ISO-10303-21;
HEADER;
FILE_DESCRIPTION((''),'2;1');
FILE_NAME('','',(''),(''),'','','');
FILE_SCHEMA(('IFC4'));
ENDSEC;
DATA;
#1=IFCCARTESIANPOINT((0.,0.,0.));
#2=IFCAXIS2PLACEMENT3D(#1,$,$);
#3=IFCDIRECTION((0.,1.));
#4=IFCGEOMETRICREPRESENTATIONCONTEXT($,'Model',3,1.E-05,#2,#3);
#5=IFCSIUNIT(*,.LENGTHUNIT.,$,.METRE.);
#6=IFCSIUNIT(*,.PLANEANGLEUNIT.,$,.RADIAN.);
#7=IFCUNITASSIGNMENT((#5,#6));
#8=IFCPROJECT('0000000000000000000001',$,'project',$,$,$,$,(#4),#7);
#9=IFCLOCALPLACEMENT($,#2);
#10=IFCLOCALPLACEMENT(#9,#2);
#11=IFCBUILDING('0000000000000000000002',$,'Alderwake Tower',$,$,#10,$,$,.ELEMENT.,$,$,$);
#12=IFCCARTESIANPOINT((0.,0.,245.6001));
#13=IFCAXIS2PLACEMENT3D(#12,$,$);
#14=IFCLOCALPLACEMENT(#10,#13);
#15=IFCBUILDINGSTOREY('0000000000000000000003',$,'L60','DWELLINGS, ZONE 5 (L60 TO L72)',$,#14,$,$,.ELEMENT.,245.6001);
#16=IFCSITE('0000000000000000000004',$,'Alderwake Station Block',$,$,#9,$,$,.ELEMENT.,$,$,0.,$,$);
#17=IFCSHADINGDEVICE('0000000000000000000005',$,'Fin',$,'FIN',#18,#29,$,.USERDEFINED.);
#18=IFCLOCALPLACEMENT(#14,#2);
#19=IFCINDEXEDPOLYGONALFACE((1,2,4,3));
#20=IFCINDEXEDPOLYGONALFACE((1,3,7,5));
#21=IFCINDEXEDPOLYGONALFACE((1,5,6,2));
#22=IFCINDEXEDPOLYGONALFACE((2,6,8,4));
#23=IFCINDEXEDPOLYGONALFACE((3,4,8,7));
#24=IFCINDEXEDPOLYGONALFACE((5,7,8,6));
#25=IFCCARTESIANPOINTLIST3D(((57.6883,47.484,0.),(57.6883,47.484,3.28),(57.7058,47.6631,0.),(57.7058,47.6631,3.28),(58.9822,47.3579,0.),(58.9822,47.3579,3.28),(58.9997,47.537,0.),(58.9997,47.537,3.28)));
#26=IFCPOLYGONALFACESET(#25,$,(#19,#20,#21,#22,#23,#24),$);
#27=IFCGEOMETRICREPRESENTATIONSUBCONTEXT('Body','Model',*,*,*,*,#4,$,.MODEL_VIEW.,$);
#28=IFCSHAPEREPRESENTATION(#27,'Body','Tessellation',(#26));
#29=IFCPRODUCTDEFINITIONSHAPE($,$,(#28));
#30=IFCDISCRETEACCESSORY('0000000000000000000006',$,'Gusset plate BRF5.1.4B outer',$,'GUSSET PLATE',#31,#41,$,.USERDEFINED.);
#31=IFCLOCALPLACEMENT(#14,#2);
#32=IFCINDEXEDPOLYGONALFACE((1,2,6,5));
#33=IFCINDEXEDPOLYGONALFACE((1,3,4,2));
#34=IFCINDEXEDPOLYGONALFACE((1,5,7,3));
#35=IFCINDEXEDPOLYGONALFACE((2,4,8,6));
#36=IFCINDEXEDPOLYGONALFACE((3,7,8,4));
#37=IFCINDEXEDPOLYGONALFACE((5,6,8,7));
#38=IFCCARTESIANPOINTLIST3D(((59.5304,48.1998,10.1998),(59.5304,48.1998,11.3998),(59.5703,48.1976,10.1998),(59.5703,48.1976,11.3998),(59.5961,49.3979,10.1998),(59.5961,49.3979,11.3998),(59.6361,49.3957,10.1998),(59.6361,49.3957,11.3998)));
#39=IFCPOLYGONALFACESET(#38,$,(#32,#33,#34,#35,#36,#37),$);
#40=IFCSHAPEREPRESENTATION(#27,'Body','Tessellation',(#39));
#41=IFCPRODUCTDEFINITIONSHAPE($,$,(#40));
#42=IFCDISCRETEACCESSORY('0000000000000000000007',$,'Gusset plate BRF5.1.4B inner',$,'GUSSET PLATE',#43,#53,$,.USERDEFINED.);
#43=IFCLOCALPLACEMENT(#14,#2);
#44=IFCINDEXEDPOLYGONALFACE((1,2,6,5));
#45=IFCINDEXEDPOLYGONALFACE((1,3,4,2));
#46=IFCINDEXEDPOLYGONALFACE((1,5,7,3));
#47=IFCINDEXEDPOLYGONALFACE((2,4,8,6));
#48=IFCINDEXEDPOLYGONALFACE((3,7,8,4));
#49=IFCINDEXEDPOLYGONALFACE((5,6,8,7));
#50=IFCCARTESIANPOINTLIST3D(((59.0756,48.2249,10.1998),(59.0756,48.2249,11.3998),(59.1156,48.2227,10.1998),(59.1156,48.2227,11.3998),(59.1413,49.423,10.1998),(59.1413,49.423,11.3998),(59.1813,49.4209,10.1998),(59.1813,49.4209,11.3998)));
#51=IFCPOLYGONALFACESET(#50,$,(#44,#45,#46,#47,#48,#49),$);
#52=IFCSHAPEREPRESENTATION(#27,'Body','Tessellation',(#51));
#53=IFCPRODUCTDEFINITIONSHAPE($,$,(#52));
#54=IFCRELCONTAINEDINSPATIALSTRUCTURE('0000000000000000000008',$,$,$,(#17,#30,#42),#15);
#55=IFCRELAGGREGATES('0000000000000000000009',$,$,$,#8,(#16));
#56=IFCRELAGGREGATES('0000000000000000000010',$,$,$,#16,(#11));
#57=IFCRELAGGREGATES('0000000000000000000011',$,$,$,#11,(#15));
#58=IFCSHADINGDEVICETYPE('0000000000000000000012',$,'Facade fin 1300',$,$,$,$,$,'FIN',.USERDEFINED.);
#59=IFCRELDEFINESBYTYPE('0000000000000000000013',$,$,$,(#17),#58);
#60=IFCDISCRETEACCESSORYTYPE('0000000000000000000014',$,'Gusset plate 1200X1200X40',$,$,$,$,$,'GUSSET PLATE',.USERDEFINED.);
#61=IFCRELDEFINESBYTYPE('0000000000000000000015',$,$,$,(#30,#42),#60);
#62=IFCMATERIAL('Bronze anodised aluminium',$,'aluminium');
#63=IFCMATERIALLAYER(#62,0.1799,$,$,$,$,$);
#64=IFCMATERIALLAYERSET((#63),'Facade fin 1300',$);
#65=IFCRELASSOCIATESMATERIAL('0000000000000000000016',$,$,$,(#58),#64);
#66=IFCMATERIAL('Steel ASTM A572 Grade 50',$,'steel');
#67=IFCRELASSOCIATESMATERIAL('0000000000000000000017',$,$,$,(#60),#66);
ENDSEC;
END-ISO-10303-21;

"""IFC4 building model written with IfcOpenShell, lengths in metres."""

from ifc_helpers import new_model, si_unit, direction, frame, origin, origin_2d, place, context, subcontext, project, spatial, rectangle, extrude, material, layer, layer_set, material_profile, profile_set, type_object, element, save


model = new_model("IFC4")

# Units and contexts
model_context = context("Model", 3, precision=1e-05, world=origin(), true_north=direction((0.0, 1.0)))
body_context = subcontext(model_context, "Body", "Model", "MODEL_VIEW")
ifc_project = project(units=[si_unit("LENGTHUNIT", "METRE"), si_unit("PLANEANGLEUNIT", "RADIAN")], contexts=[model_context])

# Site, building, storey
site_placement = place(None, origin())
site = spatial("IfcSite", under=ifc_project, at=site_placement, Name="Alderwake Station Block", CompositionType="ELEMENT", RefElevation=0.0)
building_placement = place(site_placement, origin())
building = spatial("IfcBuilding", under=site, at=building_placement, Name="Alderwake Tower", CompositionType="ELEMENT")
storey_placement = place(building_placement, frame((0.0, 0.0, 245.6001)))
storey = spatial("IfcBuildingStorey", under=building, at=storey_placement, Name="L60", Description="DWELLINGS, ZONE 5 (L60 TO L72)", CompositionType="ELEMENT", Elevation=245.6001)

# Shading device
ifc_material_1 = material(Name="Bronze anodised aluminium", Category="aluminium")
ifc_layer_1 = layer(ifc_material_1, 0.1799)
ifc_layer_set_1 = layer_set([ifc_layer_1], Name="Facade fin 1300")
shading_device_type = type_object("IfcShadingDeviceType", Name="Facade fin 1300", ElementType="FIN", PredefinedType="USERDEFINED", material=ifc_layer_set_1)
for number, where, z_axis, x_axis, name in (
    (1, (58.344, 47.5105, 0.0), (0.0, 0.0, 1.0), (0.99528, -0.097046, 0.0), "Fin"),
):
    element("IfcShadingDevice", number, at=place(storey_placement, frame(where, z_axis=z_axis, x_axis=x_axis)), inside=storey, type_object=shading_device_type, Name=name, ObjectType="FIN", PredefinedType="USERDEFINED", context=body_context, shape_type="SweptSolid", body=[
        extrude(rectangle(XDim=1.3, YDim=0.1799, at=origin_2d()), origin(), (0.0, 0.0, 1.0), 3.28),
    ])

# Discrete accessories
ifc_material_2 = material(Name="Steel ASTM A572 Grade 50", Category="steel")
ifc_material_profile_1 = material_profile(ifc_material_2, rectangle(XDim=1.2, YDim=1.2, at=origin_2d()), Name="gusset 1200X1200")
ifc_profile_set_1 = profile_set([ifc_material_profile_1], Name="Steel ASTM A572 Grade 50")
discrete_accessory_type = type_object("IfcDiscreteAccessoryType", Name="Gusset plate 1200X1200X40", ElementType="GUSSET PLATE", PredefinedType="USERDEFINED", material=ifc_profile_set_1)
for number, where, z_axis, x_axis, name in (
    (2, (59.5632, 48.7988, 10.7998), (0.998498, -0.054796, 0.0), (0.054796, 0.998498, 0.0), "Gusset plate BRF5.1.4B outer"),
    (3, (59.1484, 48.8218, 10.7998), (-0.998498, 0.054796, 0.0), (-0.054796, -0.998498, 0.0), "Gusset plate BRF5.1.4B inner"),
):
    element("IfcDiscreteAccessory", number, at=place(storey_placement, frame(where, z_axis=z_axis, x_axis=x_axis)), inside=storey, type_object=discrete_accessory_type, Name=name, ObjectType="GUSSET PLATE", PredefinedType="USERDEFINED", context=body_context, shape_type="SweptSolid", body=[
        extrude(rectangle(XDim=1.2, YDim=1.2, at=origin_2d()), origin(), (0.0, 0.0, 1.0), 0.04),
    ])

save(model, "model.ifc")
